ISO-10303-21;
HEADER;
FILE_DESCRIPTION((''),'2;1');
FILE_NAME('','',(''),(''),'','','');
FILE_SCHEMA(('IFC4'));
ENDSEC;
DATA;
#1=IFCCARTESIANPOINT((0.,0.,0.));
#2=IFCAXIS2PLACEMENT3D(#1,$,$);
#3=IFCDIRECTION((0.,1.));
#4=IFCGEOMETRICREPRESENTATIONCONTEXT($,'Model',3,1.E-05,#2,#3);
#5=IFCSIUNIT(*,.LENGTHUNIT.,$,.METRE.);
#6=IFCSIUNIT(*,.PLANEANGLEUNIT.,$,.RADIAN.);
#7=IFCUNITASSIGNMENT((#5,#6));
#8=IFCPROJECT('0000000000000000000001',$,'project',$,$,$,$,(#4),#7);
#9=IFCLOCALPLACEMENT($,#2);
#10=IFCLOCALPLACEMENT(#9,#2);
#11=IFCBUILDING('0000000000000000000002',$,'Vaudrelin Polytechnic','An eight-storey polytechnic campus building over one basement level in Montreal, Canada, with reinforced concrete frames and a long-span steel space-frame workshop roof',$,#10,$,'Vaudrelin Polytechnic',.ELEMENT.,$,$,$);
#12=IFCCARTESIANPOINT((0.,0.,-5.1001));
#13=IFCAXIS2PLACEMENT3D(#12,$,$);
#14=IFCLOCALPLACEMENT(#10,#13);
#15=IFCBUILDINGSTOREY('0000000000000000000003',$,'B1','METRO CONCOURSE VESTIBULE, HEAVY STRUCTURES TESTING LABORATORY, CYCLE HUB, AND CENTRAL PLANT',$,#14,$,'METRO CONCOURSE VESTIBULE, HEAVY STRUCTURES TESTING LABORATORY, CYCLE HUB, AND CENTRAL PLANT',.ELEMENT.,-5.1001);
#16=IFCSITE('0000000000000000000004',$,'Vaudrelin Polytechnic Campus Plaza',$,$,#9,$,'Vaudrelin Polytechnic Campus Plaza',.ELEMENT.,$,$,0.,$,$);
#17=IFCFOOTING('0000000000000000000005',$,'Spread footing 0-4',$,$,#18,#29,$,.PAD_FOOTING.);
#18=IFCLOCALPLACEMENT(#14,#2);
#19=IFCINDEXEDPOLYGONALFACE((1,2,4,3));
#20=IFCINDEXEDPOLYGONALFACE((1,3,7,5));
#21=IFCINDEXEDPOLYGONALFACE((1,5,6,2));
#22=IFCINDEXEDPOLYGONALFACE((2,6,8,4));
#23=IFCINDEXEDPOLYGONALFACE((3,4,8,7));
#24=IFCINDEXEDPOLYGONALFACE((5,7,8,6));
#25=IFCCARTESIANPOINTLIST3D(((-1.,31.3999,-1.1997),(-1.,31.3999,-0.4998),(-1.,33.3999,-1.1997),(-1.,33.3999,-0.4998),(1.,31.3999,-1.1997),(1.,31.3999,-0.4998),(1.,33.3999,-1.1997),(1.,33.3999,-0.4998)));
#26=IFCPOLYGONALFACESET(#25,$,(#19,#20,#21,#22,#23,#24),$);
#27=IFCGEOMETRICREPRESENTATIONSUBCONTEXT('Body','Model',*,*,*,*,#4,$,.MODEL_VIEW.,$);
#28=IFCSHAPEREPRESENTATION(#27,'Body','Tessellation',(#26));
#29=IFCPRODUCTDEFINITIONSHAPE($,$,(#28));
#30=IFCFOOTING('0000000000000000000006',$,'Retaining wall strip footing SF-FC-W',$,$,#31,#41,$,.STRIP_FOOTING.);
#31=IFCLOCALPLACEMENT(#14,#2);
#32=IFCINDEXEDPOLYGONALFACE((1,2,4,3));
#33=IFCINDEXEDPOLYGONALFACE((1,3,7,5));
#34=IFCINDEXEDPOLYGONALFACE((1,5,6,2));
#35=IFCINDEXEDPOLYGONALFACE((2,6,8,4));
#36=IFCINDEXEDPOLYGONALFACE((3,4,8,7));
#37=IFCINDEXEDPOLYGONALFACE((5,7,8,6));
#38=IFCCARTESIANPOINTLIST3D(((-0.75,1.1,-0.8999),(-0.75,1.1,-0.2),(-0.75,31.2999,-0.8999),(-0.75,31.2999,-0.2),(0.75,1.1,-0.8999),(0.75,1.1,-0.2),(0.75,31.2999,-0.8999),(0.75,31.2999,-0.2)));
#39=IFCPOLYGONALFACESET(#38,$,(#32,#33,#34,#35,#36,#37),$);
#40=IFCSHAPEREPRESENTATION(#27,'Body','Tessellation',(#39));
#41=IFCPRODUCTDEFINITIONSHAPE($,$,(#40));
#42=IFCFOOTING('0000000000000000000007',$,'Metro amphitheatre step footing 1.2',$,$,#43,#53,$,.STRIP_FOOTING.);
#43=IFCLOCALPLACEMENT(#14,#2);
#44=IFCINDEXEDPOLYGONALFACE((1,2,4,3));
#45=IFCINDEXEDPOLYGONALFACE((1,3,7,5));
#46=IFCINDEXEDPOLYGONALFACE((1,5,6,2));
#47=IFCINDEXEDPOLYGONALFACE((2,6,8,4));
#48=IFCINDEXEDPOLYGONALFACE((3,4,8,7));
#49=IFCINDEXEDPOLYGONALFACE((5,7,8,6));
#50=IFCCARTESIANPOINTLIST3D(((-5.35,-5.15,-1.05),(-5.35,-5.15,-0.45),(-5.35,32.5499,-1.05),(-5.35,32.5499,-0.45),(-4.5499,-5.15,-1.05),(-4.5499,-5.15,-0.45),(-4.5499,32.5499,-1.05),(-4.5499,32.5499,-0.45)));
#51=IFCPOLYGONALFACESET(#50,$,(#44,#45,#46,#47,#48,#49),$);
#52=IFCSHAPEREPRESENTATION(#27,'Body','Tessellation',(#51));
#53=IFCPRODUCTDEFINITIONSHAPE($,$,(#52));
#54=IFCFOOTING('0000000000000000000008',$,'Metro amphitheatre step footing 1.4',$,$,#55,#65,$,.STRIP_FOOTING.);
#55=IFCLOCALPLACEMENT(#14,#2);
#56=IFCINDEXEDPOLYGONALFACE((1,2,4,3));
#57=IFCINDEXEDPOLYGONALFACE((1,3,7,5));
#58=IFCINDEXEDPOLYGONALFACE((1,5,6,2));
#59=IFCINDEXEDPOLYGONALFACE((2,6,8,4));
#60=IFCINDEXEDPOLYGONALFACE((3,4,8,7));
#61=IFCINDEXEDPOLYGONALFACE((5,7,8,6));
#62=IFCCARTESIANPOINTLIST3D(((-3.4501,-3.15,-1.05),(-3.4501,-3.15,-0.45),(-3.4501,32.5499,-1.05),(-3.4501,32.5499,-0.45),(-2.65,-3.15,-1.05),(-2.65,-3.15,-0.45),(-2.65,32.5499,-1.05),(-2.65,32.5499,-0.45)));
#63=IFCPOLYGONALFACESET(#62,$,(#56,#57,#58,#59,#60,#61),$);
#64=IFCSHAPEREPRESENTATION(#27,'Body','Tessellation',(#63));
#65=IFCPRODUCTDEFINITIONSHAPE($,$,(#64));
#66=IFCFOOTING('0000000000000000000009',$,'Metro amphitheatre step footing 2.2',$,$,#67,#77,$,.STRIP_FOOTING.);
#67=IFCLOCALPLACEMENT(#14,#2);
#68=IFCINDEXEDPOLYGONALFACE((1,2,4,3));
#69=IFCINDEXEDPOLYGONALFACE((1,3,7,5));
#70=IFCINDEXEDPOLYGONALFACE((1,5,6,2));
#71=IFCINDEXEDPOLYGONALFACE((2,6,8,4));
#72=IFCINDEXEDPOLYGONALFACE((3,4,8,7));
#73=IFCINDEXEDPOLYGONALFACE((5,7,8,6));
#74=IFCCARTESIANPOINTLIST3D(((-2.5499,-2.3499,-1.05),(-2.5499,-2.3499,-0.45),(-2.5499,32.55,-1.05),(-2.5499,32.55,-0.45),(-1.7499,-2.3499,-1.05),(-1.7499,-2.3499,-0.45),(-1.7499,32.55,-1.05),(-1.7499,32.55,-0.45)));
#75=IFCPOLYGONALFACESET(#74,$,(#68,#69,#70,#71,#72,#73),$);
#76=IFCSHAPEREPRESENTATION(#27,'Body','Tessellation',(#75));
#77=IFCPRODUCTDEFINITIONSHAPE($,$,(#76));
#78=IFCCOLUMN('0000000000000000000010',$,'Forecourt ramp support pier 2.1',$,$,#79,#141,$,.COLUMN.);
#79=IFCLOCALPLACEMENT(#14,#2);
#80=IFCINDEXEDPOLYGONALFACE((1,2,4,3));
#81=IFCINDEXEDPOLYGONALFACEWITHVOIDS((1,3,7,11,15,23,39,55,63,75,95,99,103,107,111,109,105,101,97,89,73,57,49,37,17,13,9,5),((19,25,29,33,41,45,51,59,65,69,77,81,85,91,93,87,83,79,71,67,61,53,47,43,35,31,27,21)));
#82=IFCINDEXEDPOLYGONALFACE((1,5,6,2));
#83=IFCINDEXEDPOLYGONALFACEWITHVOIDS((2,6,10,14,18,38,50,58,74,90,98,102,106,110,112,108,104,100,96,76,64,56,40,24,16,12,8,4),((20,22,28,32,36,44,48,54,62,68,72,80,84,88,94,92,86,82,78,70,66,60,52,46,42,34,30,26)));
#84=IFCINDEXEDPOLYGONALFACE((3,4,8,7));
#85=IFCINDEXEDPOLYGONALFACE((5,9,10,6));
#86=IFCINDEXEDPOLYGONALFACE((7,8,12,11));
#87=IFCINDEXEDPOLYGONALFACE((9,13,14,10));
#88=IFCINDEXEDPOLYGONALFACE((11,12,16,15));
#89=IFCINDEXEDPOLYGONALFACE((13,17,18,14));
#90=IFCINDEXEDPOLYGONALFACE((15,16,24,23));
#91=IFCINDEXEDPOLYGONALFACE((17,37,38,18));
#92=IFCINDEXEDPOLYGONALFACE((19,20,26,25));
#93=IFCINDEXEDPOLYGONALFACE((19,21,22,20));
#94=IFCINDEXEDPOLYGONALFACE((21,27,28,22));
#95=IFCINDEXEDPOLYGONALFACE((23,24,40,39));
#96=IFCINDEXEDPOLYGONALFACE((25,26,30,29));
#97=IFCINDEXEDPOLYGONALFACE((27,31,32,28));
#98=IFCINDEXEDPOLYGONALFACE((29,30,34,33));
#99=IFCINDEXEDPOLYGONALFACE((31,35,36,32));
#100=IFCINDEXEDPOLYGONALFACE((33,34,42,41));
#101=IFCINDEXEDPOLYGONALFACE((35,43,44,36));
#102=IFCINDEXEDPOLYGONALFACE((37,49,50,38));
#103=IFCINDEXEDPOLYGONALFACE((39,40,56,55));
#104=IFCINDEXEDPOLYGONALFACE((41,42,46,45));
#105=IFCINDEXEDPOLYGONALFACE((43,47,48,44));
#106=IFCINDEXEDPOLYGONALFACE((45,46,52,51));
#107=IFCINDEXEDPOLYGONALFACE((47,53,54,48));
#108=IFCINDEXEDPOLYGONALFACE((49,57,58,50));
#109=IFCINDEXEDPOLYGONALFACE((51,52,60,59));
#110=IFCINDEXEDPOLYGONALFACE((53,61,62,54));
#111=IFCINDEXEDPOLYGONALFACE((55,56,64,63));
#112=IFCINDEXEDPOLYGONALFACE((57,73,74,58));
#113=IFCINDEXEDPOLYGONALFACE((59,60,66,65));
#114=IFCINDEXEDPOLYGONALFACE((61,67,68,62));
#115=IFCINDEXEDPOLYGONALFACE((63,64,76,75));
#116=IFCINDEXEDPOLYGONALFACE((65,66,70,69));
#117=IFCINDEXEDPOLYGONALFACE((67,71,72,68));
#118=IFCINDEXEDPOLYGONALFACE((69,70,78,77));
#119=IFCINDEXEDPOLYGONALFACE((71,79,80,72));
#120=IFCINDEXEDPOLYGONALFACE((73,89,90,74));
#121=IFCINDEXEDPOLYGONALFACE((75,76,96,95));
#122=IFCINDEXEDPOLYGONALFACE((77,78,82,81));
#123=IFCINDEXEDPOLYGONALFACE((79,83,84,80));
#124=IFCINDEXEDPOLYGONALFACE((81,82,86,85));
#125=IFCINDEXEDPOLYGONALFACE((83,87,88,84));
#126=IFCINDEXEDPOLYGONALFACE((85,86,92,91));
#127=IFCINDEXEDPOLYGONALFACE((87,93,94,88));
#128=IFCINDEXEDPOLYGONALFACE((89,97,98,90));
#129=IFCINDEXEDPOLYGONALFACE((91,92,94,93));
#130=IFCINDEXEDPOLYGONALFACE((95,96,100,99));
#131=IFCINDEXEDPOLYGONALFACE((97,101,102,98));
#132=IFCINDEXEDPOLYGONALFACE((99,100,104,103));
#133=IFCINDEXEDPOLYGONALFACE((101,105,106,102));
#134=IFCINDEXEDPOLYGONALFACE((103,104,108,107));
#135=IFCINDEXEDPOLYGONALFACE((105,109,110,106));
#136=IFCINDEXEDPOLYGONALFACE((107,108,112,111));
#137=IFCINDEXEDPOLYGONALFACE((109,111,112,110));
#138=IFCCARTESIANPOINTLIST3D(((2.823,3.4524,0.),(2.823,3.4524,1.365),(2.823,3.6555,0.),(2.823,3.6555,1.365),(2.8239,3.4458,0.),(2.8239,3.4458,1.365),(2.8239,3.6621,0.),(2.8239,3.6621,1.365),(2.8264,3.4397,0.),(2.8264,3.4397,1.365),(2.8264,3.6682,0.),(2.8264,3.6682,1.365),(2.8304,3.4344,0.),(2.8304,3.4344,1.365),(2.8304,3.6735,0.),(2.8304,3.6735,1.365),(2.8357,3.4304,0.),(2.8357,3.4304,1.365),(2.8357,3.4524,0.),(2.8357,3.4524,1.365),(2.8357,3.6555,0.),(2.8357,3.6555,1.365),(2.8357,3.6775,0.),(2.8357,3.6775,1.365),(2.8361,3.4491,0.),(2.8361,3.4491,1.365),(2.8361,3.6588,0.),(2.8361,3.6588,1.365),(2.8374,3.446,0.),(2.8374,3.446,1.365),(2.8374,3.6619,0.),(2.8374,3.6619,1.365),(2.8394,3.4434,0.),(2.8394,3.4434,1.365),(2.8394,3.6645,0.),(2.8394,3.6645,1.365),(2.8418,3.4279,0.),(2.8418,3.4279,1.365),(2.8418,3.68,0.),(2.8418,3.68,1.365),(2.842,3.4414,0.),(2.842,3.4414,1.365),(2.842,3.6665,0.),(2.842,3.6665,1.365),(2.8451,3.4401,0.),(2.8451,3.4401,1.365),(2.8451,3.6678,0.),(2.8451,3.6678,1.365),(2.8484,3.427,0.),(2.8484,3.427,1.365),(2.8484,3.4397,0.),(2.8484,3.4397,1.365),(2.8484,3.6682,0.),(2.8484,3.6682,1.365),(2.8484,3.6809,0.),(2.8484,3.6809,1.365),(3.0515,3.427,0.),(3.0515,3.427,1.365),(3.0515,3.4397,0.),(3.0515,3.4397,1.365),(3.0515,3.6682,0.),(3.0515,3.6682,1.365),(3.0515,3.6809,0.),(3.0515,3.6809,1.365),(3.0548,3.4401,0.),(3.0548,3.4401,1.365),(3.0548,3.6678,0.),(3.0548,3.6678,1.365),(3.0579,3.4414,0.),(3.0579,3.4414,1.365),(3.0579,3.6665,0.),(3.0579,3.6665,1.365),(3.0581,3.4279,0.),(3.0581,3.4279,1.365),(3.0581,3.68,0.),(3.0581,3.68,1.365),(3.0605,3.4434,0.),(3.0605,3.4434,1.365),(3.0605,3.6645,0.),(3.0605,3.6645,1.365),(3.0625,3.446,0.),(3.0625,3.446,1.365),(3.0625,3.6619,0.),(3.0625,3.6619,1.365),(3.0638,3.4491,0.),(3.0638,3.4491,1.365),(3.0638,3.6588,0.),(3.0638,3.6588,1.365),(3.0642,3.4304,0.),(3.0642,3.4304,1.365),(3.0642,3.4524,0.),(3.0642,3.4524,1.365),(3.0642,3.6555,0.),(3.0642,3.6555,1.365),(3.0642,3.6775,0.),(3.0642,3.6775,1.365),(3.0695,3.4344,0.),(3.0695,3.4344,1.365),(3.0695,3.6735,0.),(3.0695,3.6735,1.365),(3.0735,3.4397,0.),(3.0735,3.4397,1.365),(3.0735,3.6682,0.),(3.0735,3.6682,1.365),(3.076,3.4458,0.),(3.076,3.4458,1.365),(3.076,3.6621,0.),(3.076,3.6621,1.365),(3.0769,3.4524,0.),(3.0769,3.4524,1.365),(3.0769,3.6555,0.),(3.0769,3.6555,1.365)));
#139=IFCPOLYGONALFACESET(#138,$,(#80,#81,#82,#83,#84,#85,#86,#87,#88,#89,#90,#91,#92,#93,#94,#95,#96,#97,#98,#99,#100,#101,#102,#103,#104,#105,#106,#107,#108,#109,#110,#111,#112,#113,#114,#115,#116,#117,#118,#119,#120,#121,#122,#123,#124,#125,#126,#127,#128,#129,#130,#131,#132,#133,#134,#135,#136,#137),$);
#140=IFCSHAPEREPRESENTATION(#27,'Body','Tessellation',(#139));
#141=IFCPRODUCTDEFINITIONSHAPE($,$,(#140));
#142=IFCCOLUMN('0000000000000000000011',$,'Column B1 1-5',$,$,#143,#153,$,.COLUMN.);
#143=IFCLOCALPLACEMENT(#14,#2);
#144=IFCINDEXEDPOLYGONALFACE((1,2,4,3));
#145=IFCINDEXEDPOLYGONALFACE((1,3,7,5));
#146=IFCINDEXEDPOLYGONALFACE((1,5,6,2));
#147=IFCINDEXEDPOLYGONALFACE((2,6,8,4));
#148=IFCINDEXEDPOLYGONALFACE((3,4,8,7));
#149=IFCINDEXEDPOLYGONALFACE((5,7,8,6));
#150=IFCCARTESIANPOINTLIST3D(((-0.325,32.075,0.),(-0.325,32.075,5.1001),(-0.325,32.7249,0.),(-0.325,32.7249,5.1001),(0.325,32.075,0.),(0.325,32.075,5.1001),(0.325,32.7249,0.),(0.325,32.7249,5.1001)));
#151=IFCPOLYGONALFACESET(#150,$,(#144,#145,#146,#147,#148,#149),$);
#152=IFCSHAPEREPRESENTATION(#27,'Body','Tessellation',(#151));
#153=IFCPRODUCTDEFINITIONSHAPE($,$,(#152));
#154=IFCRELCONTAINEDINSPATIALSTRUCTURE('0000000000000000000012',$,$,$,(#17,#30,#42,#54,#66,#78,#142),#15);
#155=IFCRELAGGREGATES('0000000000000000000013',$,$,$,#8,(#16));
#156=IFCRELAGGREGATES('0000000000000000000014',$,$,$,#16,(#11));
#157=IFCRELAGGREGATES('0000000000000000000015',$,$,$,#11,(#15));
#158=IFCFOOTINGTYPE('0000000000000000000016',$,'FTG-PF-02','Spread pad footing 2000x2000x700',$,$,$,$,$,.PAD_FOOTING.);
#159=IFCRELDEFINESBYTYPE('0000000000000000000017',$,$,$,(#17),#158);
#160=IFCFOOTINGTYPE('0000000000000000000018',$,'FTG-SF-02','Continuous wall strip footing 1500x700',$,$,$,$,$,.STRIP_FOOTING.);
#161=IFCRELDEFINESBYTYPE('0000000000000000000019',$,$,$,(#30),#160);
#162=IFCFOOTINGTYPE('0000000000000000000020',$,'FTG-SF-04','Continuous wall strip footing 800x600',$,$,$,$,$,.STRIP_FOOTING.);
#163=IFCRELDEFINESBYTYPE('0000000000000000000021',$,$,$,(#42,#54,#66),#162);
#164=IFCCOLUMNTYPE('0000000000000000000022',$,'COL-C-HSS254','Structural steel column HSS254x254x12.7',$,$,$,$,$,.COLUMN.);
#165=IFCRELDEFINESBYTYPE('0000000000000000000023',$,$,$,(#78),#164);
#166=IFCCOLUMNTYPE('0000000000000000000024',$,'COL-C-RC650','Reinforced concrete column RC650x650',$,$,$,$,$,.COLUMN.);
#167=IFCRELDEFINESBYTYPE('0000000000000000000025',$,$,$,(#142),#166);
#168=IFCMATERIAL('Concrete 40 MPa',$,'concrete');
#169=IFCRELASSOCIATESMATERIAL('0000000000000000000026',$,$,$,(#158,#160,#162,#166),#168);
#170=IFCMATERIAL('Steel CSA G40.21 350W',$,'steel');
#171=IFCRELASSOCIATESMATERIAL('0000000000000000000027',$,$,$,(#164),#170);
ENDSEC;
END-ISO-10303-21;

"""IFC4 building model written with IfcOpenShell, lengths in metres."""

from ifc_helpers import new_model, si_unit, direction, frame, origin, origin_2d, place, context, subcontext, project, spatial, rectangle, hollow_rectangle, extrude, material, material_profile, profile_set, type_object, element, save


model = new_model("IFC4")

# Units and contexts
model_context = context("Model", 3, precision=1e-05, world=origin(), true_north=direction((0.0, 1.0)))
body_context = subcontext(model_context, "Body", "Model", "MODEL_VIEW")
ifc_project = project(units=[si_unit("LENGTHUNIT", "METRE"), si_unit("PLANEANGLEUNIT", "RADIAN")], contexts=[model_context])

# Site, building, storey
site_placement = place(None, origin())
site = spatial("IfcSite", under=ifc_project, at=site_placement, Name="Vaudrelin Polytechnic Campus Plaza", LongName="Vaudrelin Polytechnic Campus Plaza", CompositionType="ELEMENT", RefElevation=0.0)
building_placement = place(site_placement, origin())
building = spatial("IfcBuilding", under=site, at=building_placement, Name="Vaudrelin Polytechnic", Description="An eight-storey polytechnic campus building over one basement level in Montreal, Canada, with reinforced concrete frames and a long-span steel space-frame workshop roof", LongName="Vaudrelin Polytechnic", CompositionType="ELEMENT")
storey_placement = place(building_placement, frame((0.0, 0.0, -5.1001)))
storey = spatial("IfcBuildingStorey", under=building, at=storey_placement, Name="B1", Description="METRO CONCOURSE VESTIBULE, HEAVY STRUCTURES TESTING LABORATORY, CYCLE HUB, AND CENTRAL PLANT", LongName="METRO CONCOURSE VESTIBULE, HEAVY STRUCTURES TESTING LABORATORY, CYCLE HUB, AND CENTRAL PLANT", CompositionType="ELEMENT", Elevation=-5.1001)

# Footings
ifc_material_1 = material(Name="Concrete 40 MPa", Category="concrete")
footing_type_1 = type_object("IfcFootingType", Name="FTG-PF-02", Description="Spread pad footing 2000x2000x700", PredefinedType="PAD_FOOTING", material=ifc_material_1)
footing_1_placement = place(storey_placement, frame((0.0, 32.3999, -1.1997), z_axis=(0.0, 0.0, 1.0), x_axis=(1.0, 0.0, 0.0)))
element("IfcFooting", 1, at=footing_1_placement, inside=storey, type_object=footing_type_1, Name="Spread footing 0-4", PredefinedType="PAD_FOOTING", context=body_context, shape_type="SweptSolid", body=[
    extrude(rectangle(XDim=2.0, YDim=2.0, at=origin_2d()), origin(), (0.0, 0.0, 1.0), 0.7),
])
footing_type_2 = type_object("IfcFootingType", Name="FTG-SF-02", Description="Continuous wall strip footing 1500x700", PredefinedType="STRIP_FOOTING", material=ifc_material_1)
footing_2_placement = place(storey_placement, frame((0.0, 16.2, -0.8999), z_axis=(0.0, 0.0, 1.0), x_axis=(1.0, 0.0, 0.0)))
element("IfcFooting", 2, at=footing_2_placement, inside=storey, type_object=footing_type_2, Name="Retaining wall strip footing SF-FC-W", PredefinedType="STRIP_FOOTING", context=body_context, shape_type="SweptSolid", body=[
    extrude(rectangle(XDim=1.5, YDim=30.2, at=origin_2d()), origin(), (0.0, 0.0, 1.0), 0.7),
])
footing_type_3 = type_object("IfcFootingType", Name="FTG-SF-04", Description="Continuous wall strip footing 800x600", PredefinedType="STRIP_FOOTING", material=ifc_material_1)
footing_3_placement = place(storey_placement, frame((-4.95, 13.7, -1.05), z_axis=(0.0, 0.0, 1.0), x_axis=(1.0, 0.0, 0.0)))
element("IfcFooting", 3, at=footing_3_placement, inside=storey, type_object=footing_type_3, Name="Metro amphitheatre step footing 1.2", PredefinedType="STRIP_FOOTING", context=body_context, shape_type="SweptSolid", body=[
    extrude(rectangle(XDim=0.8, YDim=37.7, at=origin_2d()), origin(), (0.0, 0.0, 1.0), 0.6001),
])
footing_4_placement = place(storey_placement, frame((-3.05, 14.7, -1.05), z_axis=(0.0, 0.0, 1.0), x_axis=(1.0, 0.0, 0.0)))
element("IfcFooting", 4, at=footing_4_placement, inside=storey, type_object=footing_type_3, Name="Metro amphitheatre step footing 1.4", PredefinedType="STRIP_FOOTING", context=body_context, shape_type="SweptSolid", body=[
    extrude(rectangle(XDim=0.8, YDim=35.7, at=origin_2d()), origin(), (0.0, 0.0, 1.0), 0.6001),
])
footing_5_placement = place(storey_placement, frame((-2.1499, 15.1001, -1.05), z_axis=(0.0, 0.0, 1.0), x_axis=(1.0, 0.0, 0.0)))
element("IfcFooting", 5, at=footing_5_placement, inside=storey, type_object=footing_type_3, Name="Metro amphitheatre step footing 2.2", PredefinedType="STRIP_FOOTING", context=body_context, shape_type="SweptSolid", body=[
    extrude(rectangle(XDim=0.8, YDim=34.8999, at=origin_2d()), origin(), (0.0, 0.0, 1.0), 0.6001),
])

# Columns
ifc_material_2 = material(Name="Steel CSA G40.21 350W", Category="steel")
ifc_material_profile_1 = material_profile(ifc_material_2, hollow_rectangle(XDim=0.2539, YDim=0.2539, WallThickness=0.0127, InnerFilletRadius=0.0127, OuterFilletRadius=0.0254, at=origin_2d()), Name="HSS254x254x12.7")
ifc_profile_set_1 = profile_set([ifc_material_profile_1], Name="Steel CSA G40.21 350W")
column_type_1 = type_object("IfcColumnType", Name="COL-C-HSS254", Description="Structural steel column HSS254x254x12.7", PredefinedType="COLUMN", material=ifc_profile_set_1)
column_1_placement = place(storey_placement, frame((2.95, 3.554, 0.0), z_axis=(0.0, 0.0, 1.0), x_axis=(1.0, 0.0, 0.0)))
element("IfcColumn", 6, at=column_1_placement, inside=storey, type_object=column_type_1, Name="Forecourt ramp support pier 2.1", PredefinedType="COLUMN", context=body_context, shape_type="SweptSolid", body=[
    extrude(hollow_rectangle(XDim=0.2539, YDim=0.2539, WallThickness=0.0127, InnerFilletRadius=0.0127, OuterFilletRadius=0.0254, at=origin_2d()), origin(), (0.0, 0.0, 1.0), 1.365),
])
ifc_material_profile_2 = material_profile(ifc_material_1, rectangle(XDim=0.6499, YDim=0.6499, at=origin_2d()), Name="RC650x650")
ifc_profile_set_2 = profile_set([ifc_material_profile_2], Name="Concrete 40 MPa")
column_type_2 = type_object("IfcColumnType", Name="COL-C-RC650", Description="Reinforced concrete column RC650x650", PredefinedType="COLUMN", material=ifc_profile_set_2)
column_2_placement = place(storey_placement, frame((0.0, 32.3999, 0.0), z_axis=(0.0, 0.0, 1.0), x_axis=(1.0, 0.0, 0.0)))
element("IfcColumn", 7, at=column_2_placement, inside=storey, type_object=column_type_2, Name="Column B1 1-5", PredefinedType="COLUMN", context=body_context, shape_type="SweptSolid", body=[
    extrude(rectangle(XDim=0.6499, YDim=0.6499, at=origin_2d()), origin(), (0.0, 0.0, 1.0), 5.1001),
])

save(model, "model.ifc")
